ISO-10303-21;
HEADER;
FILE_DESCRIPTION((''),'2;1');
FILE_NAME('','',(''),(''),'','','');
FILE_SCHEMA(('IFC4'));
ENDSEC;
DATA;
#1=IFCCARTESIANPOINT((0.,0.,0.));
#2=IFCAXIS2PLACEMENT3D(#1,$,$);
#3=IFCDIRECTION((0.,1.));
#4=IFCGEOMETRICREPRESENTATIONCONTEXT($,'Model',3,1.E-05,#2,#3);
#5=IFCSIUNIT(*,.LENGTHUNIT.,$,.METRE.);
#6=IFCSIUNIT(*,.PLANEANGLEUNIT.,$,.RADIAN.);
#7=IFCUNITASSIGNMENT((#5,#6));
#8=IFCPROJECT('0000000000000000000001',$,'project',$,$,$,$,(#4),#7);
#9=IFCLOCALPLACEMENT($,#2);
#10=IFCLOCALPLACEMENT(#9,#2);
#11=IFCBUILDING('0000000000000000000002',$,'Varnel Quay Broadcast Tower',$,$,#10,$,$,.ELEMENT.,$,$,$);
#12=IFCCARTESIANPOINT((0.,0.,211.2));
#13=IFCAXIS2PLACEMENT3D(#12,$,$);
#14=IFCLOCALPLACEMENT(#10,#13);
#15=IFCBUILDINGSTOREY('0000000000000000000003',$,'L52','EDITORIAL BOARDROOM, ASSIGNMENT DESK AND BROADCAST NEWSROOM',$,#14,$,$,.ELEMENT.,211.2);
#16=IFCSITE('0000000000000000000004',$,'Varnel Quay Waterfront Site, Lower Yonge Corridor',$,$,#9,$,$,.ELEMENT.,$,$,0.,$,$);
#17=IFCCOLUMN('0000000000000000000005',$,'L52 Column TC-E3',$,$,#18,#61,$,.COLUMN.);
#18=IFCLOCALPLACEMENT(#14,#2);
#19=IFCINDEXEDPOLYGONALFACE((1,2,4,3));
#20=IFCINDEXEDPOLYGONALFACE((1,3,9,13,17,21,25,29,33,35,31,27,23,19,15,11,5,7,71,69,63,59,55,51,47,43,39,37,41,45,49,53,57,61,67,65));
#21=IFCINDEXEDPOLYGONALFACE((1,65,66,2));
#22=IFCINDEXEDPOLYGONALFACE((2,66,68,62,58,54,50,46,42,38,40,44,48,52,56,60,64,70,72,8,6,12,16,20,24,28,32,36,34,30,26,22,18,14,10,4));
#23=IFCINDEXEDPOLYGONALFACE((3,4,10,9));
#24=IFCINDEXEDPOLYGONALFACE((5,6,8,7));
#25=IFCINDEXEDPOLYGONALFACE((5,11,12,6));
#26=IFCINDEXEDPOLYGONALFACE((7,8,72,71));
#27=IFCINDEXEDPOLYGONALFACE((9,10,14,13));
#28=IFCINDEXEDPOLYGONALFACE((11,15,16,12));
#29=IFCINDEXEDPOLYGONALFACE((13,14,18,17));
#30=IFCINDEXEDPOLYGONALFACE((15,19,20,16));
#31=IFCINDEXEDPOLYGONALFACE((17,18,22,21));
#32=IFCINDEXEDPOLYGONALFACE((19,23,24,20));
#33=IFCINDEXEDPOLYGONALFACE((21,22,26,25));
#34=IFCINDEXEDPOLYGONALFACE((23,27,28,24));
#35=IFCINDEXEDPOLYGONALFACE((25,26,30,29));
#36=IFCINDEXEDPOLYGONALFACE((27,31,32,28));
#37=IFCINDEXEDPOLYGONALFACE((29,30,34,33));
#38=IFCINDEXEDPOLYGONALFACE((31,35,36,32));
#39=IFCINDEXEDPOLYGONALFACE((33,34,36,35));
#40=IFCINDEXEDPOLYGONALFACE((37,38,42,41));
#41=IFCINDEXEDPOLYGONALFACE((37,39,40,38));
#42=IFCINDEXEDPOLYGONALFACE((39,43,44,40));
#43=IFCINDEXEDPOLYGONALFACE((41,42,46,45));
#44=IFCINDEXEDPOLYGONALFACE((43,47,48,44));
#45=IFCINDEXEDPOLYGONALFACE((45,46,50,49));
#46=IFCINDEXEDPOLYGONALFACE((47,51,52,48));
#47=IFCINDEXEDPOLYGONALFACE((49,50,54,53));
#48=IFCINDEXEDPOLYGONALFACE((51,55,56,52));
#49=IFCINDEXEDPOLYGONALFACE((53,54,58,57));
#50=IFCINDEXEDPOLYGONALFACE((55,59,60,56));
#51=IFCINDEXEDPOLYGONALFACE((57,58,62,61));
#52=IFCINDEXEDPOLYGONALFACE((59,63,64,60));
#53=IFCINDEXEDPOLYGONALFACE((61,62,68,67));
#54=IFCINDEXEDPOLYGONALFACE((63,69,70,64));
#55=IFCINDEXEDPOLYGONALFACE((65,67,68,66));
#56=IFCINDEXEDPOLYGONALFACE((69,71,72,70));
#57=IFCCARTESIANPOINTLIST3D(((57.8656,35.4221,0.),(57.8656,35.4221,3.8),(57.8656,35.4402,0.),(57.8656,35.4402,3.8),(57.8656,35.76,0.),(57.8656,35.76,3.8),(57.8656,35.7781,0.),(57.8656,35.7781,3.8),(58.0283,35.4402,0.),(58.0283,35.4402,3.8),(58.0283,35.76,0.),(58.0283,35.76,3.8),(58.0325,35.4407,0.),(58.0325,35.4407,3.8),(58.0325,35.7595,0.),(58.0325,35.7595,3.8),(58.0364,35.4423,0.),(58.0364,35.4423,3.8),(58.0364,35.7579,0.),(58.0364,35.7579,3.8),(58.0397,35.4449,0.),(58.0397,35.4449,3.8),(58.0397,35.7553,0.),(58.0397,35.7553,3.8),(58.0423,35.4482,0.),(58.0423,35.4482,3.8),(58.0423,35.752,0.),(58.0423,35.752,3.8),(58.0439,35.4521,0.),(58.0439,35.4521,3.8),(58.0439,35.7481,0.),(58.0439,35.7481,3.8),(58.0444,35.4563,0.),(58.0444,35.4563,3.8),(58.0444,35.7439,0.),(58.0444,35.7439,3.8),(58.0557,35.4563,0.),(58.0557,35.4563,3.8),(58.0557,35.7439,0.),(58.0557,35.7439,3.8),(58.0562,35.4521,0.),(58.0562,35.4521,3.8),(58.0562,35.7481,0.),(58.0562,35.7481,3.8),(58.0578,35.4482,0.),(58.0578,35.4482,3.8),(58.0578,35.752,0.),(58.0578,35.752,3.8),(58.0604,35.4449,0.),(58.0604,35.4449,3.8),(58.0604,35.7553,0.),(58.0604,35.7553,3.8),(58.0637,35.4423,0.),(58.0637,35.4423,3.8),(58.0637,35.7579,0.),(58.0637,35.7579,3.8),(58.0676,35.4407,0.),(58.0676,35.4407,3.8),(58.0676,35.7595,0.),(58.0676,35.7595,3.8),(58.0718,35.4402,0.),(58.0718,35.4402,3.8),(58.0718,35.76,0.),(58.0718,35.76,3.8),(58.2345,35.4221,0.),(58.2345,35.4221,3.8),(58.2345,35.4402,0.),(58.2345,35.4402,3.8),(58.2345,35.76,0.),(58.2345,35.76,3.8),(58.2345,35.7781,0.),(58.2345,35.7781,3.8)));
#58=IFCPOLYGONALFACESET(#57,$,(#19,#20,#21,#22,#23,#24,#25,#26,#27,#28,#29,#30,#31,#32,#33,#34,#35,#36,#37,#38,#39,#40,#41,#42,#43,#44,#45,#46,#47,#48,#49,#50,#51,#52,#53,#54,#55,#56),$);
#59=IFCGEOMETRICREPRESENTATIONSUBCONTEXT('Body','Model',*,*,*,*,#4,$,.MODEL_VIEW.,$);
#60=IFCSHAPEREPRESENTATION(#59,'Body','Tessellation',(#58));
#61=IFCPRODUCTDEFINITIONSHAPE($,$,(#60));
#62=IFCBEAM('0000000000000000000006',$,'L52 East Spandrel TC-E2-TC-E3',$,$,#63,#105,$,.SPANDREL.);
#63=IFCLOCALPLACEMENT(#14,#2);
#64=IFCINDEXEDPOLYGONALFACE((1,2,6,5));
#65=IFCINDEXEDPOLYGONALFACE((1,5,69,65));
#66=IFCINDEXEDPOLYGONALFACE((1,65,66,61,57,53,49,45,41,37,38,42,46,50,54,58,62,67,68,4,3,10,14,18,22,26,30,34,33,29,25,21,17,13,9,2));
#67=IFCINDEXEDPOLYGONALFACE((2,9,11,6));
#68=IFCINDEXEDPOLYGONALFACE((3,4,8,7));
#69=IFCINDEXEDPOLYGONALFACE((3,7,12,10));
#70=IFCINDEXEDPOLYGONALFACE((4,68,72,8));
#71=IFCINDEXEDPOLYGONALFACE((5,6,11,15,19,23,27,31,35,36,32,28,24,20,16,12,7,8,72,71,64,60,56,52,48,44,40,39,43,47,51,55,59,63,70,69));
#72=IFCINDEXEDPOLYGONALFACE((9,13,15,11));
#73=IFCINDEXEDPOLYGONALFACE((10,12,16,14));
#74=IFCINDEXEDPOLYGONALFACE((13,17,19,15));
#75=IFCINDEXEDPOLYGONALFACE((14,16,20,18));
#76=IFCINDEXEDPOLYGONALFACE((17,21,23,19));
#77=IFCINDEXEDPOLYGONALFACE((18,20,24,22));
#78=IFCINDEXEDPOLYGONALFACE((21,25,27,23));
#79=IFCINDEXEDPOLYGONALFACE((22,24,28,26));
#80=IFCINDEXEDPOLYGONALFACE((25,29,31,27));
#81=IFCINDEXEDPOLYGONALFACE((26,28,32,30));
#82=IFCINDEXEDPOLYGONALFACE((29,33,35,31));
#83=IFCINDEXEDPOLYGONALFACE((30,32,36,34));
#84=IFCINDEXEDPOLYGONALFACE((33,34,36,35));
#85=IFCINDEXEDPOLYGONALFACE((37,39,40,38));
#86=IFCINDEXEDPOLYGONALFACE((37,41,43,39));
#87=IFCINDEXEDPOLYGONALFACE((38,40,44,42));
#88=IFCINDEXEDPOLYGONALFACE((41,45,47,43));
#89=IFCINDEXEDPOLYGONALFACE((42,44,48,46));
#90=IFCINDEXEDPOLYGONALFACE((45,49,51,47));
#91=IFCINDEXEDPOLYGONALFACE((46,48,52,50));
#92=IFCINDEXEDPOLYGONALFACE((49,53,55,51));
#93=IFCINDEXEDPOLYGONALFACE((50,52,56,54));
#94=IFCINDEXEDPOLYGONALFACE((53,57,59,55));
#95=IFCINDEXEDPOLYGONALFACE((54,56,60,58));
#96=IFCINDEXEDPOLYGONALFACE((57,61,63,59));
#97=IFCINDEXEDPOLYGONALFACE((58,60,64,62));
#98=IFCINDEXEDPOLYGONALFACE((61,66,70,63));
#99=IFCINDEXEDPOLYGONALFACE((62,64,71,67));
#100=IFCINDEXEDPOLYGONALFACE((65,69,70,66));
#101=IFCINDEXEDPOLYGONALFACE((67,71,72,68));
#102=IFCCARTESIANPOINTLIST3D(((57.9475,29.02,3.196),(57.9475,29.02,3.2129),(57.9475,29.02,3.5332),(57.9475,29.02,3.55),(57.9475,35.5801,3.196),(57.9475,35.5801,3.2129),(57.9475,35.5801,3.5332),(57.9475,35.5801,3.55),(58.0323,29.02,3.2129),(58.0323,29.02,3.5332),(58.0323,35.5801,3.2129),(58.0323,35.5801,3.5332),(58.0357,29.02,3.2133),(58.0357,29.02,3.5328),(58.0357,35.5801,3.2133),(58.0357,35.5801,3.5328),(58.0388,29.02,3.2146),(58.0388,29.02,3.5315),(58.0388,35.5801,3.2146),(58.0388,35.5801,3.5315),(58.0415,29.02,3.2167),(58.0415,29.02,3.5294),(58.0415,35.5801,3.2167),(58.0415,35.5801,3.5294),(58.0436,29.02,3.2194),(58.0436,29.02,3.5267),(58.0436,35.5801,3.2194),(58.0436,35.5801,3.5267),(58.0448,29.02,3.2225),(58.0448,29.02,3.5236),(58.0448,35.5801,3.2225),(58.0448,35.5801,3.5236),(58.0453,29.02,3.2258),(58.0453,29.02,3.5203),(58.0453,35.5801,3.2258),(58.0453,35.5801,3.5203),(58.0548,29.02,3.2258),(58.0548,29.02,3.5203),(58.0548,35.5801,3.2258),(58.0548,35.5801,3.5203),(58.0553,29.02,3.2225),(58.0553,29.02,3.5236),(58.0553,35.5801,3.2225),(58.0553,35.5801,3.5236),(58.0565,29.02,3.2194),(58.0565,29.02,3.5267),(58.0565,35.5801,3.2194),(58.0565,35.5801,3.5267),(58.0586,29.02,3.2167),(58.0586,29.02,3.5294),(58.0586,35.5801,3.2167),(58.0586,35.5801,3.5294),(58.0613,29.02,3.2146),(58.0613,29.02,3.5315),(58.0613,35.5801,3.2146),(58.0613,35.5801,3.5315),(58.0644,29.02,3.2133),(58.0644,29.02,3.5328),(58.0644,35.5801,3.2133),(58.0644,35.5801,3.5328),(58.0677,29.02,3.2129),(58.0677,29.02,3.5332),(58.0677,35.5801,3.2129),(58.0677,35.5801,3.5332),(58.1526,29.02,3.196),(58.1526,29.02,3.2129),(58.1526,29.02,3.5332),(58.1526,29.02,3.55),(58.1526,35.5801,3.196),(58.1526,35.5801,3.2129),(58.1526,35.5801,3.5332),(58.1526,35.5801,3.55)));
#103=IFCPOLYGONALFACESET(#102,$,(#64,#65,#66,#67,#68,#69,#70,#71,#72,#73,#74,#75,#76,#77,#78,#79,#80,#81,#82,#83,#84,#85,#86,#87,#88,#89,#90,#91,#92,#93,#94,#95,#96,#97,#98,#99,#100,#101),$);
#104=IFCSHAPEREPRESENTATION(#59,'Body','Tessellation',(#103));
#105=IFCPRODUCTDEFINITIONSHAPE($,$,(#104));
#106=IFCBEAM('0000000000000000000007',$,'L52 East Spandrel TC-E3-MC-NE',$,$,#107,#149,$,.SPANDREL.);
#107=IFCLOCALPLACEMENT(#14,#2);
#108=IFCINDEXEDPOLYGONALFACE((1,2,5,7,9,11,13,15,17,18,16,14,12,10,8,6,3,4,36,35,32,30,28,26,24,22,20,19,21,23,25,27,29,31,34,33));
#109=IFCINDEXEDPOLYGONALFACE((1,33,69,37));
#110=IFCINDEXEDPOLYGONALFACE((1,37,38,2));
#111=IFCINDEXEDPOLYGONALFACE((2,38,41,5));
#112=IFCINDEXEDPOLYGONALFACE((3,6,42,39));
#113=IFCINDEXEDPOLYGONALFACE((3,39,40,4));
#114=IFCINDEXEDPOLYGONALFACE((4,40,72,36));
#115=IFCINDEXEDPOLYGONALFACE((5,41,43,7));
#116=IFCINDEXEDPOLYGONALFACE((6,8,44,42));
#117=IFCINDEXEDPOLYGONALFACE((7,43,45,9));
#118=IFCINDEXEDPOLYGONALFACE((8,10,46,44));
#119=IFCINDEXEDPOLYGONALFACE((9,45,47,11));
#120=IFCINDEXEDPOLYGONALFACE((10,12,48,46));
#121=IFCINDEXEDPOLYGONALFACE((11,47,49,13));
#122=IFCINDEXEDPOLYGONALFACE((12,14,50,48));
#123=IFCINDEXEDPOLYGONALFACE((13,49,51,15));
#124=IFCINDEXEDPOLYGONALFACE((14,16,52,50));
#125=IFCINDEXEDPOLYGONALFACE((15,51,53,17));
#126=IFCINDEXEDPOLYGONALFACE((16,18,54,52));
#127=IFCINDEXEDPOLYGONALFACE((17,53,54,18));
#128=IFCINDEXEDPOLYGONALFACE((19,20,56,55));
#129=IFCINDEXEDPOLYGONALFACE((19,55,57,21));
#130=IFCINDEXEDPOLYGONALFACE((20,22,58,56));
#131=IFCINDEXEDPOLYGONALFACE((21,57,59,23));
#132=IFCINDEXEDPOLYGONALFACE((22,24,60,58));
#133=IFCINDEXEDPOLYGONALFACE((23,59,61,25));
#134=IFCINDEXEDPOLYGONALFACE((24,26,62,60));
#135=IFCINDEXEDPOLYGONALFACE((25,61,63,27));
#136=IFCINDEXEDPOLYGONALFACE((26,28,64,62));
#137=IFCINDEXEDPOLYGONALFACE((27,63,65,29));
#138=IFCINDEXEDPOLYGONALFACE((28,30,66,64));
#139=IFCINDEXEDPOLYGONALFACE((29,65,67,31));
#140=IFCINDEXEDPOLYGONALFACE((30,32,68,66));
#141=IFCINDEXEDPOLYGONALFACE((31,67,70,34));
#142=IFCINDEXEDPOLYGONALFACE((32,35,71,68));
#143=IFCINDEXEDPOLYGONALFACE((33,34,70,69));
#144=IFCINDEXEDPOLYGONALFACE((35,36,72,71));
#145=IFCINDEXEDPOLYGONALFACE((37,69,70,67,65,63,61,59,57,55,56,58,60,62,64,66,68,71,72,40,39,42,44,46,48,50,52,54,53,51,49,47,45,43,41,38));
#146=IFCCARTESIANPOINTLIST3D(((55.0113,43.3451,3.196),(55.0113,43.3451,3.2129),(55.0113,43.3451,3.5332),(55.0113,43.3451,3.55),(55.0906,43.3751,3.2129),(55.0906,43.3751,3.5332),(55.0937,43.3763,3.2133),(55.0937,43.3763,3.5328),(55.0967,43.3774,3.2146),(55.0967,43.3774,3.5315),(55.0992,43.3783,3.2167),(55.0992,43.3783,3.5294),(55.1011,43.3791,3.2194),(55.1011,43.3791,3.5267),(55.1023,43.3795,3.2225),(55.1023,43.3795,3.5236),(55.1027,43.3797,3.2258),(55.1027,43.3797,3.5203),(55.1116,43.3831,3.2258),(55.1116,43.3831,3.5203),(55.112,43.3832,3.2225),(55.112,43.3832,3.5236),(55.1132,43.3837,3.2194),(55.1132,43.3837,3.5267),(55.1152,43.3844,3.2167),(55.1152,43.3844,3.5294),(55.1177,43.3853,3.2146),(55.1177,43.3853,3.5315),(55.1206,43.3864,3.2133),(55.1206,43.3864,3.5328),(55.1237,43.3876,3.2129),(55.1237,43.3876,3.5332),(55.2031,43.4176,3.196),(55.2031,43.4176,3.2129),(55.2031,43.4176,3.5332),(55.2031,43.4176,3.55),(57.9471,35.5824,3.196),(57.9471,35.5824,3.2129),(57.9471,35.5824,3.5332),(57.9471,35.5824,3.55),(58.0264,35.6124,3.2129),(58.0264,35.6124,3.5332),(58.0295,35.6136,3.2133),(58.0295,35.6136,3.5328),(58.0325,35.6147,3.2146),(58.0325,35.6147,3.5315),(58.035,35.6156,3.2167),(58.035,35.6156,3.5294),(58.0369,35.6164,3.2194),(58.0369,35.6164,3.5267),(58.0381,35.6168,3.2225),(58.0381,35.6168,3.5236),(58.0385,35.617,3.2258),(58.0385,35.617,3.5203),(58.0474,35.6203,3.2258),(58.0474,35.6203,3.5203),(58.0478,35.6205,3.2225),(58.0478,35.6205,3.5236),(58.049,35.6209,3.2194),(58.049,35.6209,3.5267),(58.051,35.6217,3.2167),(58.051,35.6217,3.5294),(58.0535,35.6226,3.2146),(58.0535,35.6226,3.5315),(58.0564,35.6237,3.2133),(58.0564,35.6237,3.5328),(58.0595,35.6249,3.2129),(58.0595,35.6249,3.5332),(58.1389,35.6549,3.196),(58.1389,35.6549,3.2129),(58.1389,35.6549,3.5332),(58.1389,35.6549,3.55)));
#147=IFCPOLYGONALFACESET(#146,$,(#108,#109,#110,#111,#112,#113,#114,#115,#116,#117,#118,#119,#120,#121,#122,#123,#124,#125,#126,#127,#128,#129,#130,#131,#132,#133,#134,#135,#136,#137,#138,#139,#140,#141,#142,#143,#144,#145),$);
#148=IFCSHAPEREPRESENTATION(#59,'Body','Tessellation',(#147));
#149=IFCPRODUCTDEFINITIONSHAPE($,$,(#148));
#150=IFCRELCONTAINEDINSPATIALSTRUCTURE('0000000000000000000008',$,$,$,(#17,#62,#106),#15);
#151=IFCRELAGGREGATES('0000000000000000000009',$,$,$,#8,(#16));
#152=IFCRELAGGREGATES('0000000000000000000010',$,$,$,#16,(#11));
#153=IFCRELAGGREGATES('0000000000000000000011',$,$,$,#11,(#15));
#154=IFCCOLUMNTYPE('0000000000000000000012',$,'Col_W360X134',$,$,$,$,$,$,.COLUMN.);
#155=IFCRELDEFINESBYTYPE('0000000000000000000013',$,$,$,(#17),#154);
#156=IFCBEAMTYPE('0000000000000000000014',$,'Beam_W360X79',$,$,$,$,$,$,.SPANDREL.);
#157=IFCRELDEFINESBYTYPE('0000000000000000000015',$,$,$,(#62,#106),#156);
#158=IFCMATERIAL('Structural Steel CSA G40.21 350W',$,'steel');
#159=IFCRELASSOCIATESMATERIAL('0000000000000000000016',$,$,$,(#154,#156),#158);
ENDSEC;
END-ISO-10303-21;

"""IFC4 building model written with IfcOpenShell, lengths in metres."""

from ifc_helpers import new_model, si_unit, direction, frame, origin, origin_2d, place, context, subcontext, project, spatial, i_section, extrude, source, transform, mapped, material, material_profile, profile_set, type_object, type_shapes, element, save


model = new_model("IFC4")

# Units and contexts
model_context = context("Model", 3, precision=1e-05, world=origin(), true_north=direction((0.0, 1.0)))
body_context = subcontext(model_context, "Body", "Model", "MODEL_VIEW")
ifc_project = project(units=[si_unit("LENGTHUNIT", "METRE"), si_unit("PLANEANGLEUNIT", "RADIAN")], contexts=[model_context])

# Site, building, storey
site_placement = place(None, origin())
site = spatial("IfcSite", under=ifc_project, at=site_placement, Name="Varnel Quay Waterfront Site, Lower Yonge Corridor", CompositionType="ELEMENT", RefElevation=0.0)
building_placement = place(site_placement, origin())
building = spatial("IfcBuilding", under=site, at=building_placement, Name="Varnel Quay Broadcast Tower", CompositionType="ELEMENT")
storey_placement = place(building_placement, frame((0.0, 0.0, 211.2)))
storey = spatial("IfcBuildingStorey", under=building, at=storey_placement, Name="L52", Description="EDITORIAL BOARDROOM, ASSIGNMENT DESK AND BROADCAST NEWSROOM", CompositionType="ELEMENT", Elevation=211.2)

# Column
ifc_material_1 = material(Name="Structural Steel CSA G40.21 350W", Category="steel")
ifc_material_profile_1 = material_profile(ifc_material_1, i_section(OverallWidth=0.3689, OverallDepth=0.356, WebThickness=0.0112, FlangeThickness=0.0181, FilletRadius=0.0161, at=origin_2d()), Name="W360X134")
ifc_profile_set_1 = profile_set([ifc_material_profile_1], Name="Structural Steel CSA G40.21 350W")
column_type_1 = type_object("IfcColumnType", Name="Col_W360X134", PredefinedType="COLUMN", material=ifc_profile_set_1)
shared_shape_1 = source(origin(), body_context, "Body", "SweptSolid", [
    extrude(i_section(OverallWidth=0.3689, OverallDepth=0.356, WebThickness=0.0112, FlangeThickness=0.0181, FilletRadius=0.0161, at=origin_2d()), origin(), (0.0, 0.0, 1.0), 3.8),
])
type_shapes(column_type_1, [shared_shape_1])
for number, where, z_axis, x_axis, name in (
    (1, (58.05, 35.6001, 0.0), (0.0, 0.0, 1.0), (1.0, 0.0, 0.0), "L52 Column TC-E3"),
):
    element("IfcColumn", number, at=place(storey_placement, frame(where, z_axis=z_axis, x_axis=x_axis)), inside=storey, type_object=column_type_1, Name=name, PredefinedType="COLUMN", context=body_context, shape_type="MappedRepresentation", body=[
        mapped(shared_shape_1, transform((0.0, 0.0, 0.0), x_axis=(1.0, 0.0, 0.0), y_axis=(0.0, 1.0, 0.0), z_axis=(0.0, 0.0, 1.0), scale=1.0)),
    ])

# Beams
ifc_material_profile_2 = material_profile(ifc_material_1, i_section(OverallWidth=0.2051, OverallDepth=0.354, WebThickness=0.0095, FlangeThickness=0.0168, FilletRadius=0.0129, at=origin_2d()), Name="W360X79")
ifc_profile_set_2 = profile_set([ifc_material_profile_2], Name="Structural Steel CSA G40.21 350W")
beam_type_1 = type_object("IfcBeamType", Name="Beam_W360X79", PredefinedType="SPANDREL", material=ifc_profile_set_2)
shared_shape_2 = source(origin(), body_context, "Body", "SweptSolid", [
    extrude(i_section(OverallWidth=0.2051, OverallDepth=0.354, WebThickness=0.0095, FlangeThickness=0.0168, FilletRadius=0.0129, at=origin_2d()), origin(), (0.0, 0.0, 1.0), 6.5601),
])
beam_1_placement = place(storey_placement, frame((58.05, 29.02, 3.373), z_axis=(0.0, 1.0, 0.0), x_axis=(-1.0, 0.0, 0.0)))
element("IfcBeam", 2, at=beam_1_placement, inside=storey, type_object=beam_type_1, Name="L52 East Spandrel TC-E2-TC-E3", PredefinedType="SPANDREL", context=body_context, shape_type="MappedRepresentation", body=[
    mapped(shared_shape_2, transform((0.0, 0.0, 0.0), x_axis=(1.0, 0.0, 0.0), y_axis=(0.0, 1.0, 0.0), z_axis=(0.0, 0.0, 1.0), scale=1.0)),
])
shared_shape_3 = source(origin(), body_context, "Body", "SweptSolid", [
    extrude(i_section(OverallWidth=0.2051, OverallDepth=0.354, WebThickness=0.0095, FlangeThickness=0.0168, FilletRadius=0.0129, at=origin_2d()), origin(), (0.0, 0.0, 1.0), 8.2993),
])
beam_2_placement = place(storey_placement, frame((58.043, 35.6187, 3.373), z_axis=(-0.35374, 0.935344, 0.0), x_axis=(-0.935344, -0.35374, 0.0)))
element("IfcBeam", 3, at=beam_2_placement, inside=storey, type_object=beam_type_1, Name="L52 East Spandrel TC-E3-MC-NE", PredefinedType="SPANDREL", context=body_context, shape_type="MappedRepresentation", body=[
    mapped(shared_shape_3, transform((0.0, 0.0, 0.0), x_axis=(1.0, 0.0, 0.0), y_axis=(0.0, 1.0, 0.0), z_axis=(0.0, 0.0, 1.0), scale=1.0)),
])

save(model, "model.ifc")
